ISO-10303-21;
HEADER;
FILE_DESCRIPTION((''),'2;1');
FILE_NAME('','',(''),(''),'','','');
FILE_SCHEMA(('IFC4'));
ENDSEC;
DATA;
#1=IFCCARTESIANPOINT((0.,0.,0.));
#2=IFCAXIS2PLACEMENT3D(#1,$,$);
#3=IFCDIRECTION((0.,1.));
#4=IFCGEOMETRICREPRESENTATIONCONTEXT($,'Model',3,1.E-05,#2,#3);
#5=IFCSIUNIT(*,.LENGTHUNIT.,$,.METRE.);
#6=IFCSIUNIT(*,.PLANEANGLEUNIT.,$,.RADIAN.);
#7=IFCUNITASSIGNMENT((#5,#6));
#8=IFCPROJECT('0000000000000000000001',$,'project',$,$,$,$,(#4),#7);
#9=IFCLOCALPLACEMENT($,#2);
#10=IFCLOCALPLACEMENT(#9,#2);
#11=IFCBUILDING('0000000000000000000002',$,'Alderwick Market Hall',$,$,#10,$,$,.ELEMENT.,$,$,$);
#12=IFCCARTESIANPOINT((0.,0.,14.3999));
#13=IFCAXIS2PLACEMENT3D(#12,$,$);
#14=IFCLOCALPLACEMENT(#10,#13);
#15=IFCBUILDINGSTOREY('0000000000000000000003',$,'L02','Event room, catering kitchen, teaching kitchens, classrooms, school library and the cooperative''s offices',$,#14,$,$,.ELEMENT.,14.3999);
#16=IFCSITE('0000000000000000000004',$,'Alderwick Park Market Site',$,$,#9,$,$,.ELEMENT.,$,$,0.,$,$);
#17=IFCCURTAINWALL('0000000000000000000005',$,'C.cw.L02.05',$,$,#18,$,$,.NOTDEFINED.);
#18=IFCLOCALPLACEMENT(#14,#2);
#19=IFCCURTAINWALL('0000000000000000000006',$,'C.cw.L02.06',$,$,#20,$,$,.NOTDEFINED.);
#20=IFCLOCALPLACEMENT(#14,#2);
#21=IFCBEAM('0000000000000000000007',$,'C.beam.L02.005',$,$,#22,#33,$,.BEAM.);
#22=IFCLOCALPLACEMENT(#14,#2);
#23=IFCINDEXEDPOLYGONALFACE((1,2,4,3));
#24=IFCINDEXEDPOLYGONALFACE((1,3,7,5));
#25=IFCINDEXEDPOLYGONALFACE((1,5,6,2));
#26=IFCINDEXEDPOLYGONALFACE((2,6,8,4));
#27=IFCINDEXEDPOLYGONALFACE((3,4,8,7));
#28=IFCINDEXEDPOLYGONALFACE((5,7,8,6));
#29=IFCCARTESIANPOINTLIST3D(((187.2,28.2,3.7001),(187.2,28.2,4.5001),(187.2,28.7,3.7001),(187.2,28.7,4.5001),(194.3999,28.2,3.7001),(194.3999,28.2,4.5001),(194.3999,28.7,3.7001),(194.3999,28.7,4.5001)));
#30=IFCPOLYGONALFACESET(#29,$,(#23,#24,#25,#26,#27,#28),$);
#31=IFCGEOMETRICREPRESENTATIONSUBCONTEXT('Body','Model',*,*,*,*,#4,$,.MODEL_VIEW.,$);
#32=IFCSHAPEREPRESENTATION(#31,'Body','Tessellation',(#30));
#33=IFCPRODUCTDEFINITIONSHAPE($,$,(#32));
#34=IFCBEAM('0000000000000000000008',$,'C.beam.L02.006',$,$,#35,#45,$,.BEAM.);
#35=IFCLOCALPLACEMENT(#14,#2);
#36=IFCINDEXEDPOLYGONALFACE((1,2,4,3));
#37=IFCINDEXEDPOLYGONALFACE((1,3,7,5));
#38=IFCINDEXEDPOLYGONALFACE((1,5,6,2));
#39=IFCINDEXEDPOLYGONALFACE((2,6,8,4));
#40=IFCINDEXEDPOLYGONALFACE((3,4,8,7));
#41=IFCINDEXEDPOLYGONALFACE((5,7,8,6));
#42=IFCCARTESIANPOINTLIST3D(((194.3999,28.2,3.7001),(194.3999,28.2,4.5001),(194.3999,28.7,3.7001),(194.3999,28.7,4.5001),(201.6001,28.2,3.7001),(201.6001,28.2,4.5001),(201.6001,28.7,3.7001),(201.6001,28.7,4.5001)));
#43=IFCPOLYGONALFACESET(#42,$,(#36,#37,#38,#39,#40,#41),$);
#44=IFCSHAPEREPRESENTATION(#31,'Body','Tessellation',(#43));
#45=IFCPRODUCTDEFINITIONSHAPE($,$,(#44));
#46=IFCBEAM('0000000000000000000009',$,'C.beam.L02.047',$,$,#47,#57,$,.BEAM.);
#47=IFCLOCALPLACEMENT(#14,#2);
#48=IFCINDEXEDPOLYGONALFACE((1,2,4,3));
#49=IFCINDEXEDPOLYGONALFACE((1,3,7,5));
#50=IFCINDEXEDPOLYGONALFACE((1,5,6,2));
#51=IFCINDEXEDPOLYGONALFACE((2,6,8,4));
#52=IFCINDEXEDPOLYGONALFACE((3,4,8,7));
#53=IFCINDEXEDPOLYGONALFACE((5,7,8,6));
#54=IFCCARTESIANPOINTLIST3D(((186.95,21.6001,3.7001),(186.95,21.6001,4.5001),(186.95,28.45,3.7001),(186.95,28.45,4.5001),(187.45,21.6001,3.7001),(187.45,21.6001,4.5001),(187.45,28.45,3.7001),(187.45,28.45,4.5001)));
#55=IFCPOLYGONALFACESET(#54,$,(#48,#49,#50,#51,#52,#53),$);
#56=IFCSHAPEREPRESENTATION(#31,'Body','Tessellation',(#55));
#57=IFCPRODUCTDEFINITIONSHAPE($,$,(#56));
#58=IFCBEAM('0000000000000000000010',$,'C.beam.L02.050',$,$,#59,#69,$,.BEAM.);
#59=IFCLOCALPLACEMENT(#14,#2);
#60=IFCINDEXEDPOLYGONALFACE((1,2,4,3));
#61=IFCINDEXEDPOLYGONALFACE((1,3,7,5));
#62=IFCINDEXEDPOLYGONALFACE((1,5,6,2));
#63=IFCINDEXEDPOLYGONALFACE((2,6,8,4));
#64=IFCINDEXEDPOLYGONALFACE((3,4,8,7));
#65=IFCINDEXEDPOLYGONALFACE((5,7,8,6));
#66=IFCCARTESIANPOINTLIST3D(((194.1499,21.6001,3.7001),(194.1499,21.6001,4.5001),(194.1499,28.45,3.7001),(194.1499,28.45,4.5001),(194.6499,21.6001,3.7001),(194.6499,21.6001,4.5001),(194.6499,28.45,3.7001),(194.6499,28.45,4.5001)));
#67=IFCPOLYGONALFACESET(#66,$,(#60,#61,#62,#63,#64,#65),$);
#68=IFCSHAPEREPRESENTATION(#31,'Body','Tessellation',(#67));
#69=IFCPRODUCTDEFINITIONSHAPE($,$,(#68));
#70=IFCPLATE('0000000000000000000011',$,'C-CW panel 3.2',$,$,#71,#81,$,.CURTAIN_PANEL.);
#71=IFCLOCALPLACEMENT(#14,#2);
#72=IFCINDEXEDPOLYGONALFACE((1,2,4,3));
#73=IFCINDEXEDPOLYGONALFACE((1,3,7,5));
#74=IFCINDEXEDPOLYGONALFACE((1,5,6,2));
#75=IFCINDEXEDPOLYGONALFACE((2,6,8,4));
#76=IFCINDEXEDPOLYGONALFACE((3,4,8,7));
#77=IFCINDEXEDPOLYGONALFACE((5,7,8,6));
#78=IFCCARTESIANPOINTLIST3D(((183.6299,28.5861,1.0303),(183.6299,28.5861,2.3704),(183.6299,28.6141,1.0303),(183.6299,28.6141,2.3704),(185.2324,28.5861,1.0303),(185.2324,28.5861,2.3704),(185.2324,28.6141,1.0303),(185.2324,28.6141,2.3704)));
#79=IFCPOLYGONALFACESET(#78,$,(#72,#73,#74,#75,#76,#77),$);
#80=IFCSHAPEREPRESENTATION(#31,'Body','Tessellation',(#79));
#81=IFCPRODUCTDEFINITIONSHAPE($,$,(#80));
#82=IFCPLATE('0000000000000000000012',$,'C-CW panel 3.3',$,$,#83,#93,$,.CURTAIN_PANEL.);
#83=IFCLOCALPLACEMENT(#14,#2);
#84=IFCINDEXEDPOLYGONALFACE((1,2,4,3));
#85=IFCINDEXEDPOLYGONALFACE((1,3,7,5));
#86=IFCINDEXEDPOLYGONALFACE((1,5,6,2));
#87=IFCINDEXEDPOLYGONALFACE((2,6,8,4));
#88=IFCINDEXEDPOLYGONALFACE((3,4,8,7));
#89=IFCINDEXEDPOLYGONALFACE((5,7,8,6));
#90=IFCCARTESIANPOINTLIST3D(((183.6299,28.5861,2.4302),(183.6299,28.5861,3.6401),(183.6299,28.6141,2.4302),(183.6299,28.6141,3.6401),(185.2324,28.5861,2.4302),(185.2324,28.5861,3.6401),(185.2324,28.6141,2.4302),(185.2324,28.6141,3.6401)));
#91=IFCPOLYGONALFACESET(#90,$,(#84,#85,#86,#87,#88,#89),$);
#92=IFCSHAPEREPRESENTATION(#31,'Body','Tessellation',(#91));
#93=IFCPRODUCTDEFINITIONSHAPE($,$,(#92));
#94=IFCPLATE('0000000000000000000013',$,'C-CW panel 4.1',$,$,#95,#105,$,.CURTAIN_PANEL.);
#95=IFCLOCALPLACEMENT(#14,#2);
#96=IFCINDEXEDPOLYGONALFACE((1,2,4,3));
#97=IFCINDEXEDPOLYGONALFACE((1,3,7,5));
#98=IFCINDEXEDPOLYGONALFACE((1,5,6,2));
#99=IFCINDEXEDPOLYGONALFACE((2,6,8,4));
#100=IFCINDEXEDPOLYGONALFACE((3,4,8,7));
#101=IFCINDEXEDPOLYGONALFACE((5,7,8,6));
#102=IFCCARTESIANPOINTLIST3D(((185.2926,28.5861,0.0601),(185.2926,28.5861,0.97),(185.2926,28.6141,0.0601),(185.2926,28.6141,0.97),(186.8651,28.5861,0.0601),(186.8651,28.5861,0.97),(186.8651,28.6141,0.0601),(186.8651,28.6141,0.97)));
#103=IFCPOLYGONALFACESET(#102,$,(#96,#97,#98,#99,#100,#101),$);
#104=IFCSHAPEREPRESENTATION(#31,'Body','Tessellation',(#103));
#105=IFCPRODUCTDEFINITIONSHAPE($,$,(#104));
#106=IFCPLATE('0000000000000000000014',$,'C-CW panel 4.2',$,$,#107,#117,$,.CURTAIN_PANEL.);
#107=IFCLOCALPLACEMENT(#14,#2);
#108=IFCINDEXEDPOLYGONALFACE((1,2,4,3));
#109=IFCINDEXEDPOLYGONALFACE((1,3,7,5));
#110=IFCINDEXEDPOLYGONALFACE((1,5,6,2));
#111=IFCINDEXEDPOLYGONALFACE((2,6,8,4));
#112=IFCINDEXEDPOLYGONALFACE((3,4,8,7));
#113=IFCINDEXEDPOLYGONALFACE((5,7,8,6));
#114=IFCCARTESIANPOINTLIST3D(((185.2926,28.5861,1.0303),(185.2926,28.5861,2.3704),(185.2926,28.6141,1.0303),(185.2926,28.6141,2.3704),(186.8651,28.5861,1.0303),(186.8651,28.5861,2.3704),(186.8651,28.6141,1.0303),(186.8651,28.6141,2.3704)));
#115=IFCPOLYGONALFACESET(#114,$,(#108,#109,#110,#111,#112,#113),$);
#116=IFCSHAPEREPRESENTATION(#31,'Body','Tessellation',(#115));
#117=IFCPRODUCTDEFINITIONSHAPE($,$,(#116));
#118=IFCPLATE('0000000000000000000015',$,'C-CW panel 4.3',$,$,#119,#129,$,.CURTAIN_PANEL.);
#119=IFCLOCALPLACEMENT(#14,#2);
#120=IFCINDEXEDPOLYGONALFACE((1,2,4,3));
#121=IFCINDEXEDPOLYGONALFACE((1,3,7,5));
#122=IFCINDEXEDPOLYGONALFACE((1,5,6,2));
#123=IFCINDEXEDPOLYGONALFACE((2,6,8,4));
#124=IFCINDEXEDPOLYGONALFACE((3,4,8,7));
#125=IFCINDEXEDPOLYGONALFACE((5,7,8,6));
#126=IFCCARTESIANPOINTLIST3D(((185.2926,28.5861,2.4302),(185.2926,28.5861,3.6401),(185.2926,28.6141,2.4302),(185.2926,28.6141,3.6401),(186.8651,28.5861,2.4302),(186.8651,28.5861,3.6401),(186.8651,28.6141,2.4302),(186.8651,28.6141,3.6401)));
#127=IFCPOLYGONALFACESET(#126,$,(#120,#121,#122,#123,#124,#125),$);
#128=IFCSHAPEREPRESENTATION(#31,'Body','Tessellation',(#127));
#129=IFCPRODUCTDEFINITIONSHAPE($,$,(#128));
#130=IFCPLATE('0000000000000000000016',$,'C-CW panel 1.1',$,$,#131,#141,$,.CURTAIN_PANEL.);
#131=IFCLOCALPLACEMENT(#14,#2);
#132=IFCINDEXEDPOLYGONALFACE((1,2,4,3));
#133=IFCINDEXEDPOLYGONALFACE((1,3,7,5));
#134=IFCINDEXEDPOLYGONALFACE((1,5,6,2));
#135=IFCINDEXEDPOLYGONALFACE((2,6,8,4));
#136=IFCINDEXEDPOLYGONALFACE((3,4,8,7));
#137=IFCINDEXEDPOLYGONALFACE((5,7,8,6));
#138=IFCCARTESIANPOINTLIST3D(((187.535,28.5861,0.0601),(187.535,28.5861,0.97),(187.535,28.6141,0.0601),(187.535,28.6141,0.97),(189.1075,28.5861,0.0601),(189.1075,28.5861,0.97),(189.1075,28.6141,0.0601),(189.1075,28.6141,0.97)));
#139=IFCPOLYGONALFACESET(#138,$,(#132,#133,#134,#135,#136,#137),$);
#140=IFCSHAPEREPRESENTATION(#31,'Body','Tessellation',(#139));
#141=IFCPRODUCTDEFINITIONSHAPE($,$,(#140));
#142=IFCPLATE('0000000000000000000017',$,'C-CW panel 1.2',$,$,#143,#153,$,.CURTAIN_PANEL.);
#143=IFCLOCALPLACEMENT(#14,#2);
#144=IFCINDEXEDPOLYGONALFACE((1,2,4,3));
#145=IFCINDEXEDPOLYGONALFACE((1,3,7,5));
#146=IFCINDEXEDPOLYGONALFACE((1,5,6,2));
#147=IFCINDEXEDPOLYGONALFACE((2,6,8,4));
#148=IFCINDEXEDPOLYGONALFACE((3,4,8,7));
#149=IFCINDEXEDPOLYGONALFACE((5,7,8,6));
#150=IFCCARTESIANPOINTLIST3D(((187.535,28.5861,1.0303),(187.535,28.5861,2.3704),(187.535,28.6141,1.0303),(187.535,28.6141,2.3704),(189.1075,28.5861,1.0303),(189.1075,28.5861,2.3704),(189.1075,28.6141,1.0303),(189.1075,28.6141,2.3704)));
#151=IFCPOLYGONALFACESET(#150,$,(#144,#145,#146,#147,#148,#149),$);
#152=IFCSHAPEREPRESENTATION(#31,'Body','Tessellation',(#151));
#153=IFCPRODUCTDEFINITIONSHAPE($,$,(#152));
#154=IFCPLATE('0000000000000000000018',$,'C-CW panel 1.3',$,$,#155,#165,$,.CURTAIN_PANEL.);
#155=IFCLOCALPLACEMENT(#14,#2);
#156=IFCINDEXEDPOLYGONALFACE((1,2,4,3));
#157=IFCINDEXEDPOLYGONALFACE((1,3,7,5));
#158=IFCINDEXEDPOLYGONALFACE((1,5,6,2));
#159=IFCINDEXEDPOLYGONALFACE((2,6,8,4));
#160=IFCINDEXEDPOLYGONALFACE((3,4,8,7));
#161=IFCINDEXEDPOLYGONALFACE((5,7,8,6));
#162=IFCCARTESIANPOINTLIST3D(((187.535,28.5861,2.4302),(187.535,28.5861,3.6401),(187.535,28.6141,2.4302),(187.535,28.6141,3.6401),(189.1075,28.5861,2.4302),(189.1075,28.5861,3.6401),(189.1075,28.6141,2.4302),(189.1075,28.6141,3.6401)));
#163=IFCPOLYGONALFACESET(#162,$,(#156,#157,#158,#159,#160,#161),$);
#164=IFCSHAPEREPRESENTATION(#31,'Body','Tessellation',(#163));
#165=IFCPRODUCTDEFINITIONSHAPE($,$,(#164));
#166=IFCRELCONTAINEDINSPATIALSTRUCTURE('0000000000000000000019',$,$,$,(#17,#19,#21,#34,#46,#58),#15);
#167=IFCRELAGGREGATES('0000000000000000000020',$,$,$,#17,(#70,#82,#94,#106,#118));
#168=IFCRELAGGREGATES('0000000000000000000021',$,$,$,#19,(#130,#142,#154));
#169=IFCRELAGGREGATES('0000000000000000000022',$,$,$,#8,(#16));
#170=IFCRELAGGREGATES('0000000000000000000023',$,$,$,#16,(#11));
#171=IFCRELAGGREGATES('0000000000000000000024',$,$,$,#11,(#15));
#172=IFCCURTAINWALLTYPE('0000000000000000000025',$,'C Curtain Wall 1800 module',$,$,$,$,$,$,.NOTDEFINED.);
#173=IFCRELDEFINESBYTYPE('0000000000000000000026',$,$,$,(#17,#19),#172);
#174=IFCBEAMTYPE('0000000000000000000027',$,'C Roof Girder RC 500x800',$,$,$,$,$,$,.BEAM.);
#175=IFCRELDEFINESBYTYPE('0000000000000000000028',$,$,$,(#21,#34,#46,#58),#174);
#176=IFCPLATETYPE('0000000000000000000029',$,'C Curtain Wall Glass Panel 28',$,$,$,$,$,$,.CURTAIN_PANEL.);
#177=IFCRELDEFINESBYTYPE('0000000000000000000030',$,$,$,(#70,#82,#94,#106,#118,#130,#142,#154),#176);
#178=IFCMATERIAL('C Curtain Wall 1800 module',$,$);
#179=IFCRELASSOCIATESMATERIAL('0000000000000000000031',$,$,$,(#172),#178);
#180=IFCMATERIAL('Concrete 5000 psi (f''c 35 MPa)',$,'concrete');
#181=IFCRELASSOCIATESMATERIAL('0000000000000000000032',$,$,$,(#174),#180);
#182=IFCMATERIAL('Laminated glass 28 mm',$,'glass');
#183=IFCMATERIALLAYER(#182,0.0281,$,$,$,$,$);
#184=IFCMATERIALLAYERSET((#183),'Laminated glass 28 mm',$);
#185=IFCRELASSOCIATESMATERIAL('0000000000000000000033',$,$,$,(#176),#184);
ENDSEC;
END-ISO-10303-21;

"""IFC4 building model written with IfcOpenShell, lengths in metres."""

from ifc_helpers import new_model, si_unit, direction, frame, origin, origin_2d, place, context, subcontext, project, spatial, rectangle, extrude, material, layer, layer_set, material_profile, profile_set, type_object, element, aggregate, save


model = new_model("IFC4")

# Units and contexts
model_context = context("Model", 3, precision=1e-05, world=origin(), true_north=direction((0.0, 1.0)))
body_context = subcontext(model_context, "Body", "Model", "MODEL_VIEW")
ifc_project = project(units=[si_unit("LENGTHUNIT", "METRE"), si_unit("PLANEANGLEUNIT", "RADIAN")], contexts=[model_context])

# Site, building, storey
site_placement = place(None, origin())
site = spatial("IfcSite", under=ifc_project, at=site_placement, Name="Alderwick Park Market Site", CompositionType="ELEMENT", RefElevation=0.0)
building_placement = place(site_placement, origin())
building = spatial("IfcBuilding", under=site, at=building_placement, Name="Alderwick Market Hall", CompositionType="ELEMENT")
storey_placement = place(building_placement, frame((0.0, 0.0, 14.3999)))
storey = spatial("IfcBuildingStorey", under=building, at=storey_placement, Name="L02", Description="Event room, catering kitchen, teaching kitchens, classrooms, school library and the cooperative's offices", CompositionType="ELEMENT", Elevation=14.3999)

# Shared definitions
ifc_material_1 = material(Name="Concrete 5000 psi (f'c 35 MPa)", Category="concrete")

# Curtain walls
ifc_material_2 = material(Name="C Curtain Wall 1800 module")
curtain_wall_type = type_object("IfcCurtainWallType", Name="C Curtain Wall 1800 module", PredefinedType="NOTDEFINED", material=ifc_material_2)
curtain_wall_1_placement = place(storey_placement, origin())
curtain_wall_1 = element("IfcCurtainWall", 1, at=curtain_wall_1_placement, inside=storey, type_object=curtain_wall_type, Name="C.cw.L02.05", PredefinedType="NOTDEFINED")
curtain_wall_2_placement = place(storey_placement, origin())
curtain_wall_2 = element("IfcCurtainWall", 2, at=curtain_wall_2_placement, inside=storey, type_object=curtain_wall_type, Name="C.cw.L02.06", PredefinedType="NOTDEFINED")

# Beams
ifc_material_profile_1 = material_profile(ifc_material_1, rectangle(XDim=0.5, YDim=0.8, at=origin_2d()), Name="RC 500x800")
ifc_profile_set_1 = profile_set([ifc_material_profile_1], Name="Concrete 5000 psi (f'c 35 MPa)")
beam_type = type_object("IfcBeamType", Name="C Roof Girder RC 500x800", PredefinedType="BEAM", material=ifc_profile_set_1)
beam_1_placement = place(storey_placement, frame((187.2, 28.45, 4.1001), z_axis=(1.0, 0.0, 0.0), x_axis=(0.0, 1.0, 0.0)))
element("IfcBeam", 3, at=beam_1_placement, inside=storey, type_object=beam_type, Name="C.beam.L02.005", PredefinedType="BEAM", context=body_context, shape_type="SweptSolid", body=[
    extrude(rectangle(XDim=0.5, YDim=0.8, at=origin_2d()), origin(), (0.0, 0.0, 1.0), 7.2),
])
beam_2_placement = place(storey_placement, frame((194.3999, 28.45, 4.1001), z_axis=(1.0, 0.0, 0.0), x_axis=(0.0, 1.0, 0.0)))
element("IfcBeam", 4, at=beam_2_placement, inside=storey, type_object=beam_type, Name="C.beam.L02.006", PredefinedType="BEAM", context=body_context, shape_type="SweptSolid", body=[
    extrude(rectangle(XDim=0.5, YDim=0.8, at=origin_2d()), origin(), (0.0, 0.0, 1.0), 7.2002),
])
for number, where, z_axis, x_axis, name in (
    (5, (187.2, 28.45, 4.1001), (0.0, -1.0, 0.0), (1.0, 0.0, 0.0), "C.beam.L02.047"),
    (6, (194.3999, 28.45, 4.1001), (0.0, -1.0, 0.0), (1.0, 0.0, 0.0), "C.beam.L02.050"),
):
    element("IfcBeam", number, at=place(storey_placement, frame(where, z_axis=z_axis, x_axis=x_axis)), inside=storey, type_object=beam_type, Name=name, PredefinedType="BEAM", context=body_context, shape_type="SweptSolid", body=[
        extrude(rectangle(XDim=0.5, YDim=0.8, at=origin_2d()), origin(), (0.0, 0.0, 1.0), 6.8499),
    ])

# Plates
ifc_material_3 = material(Name="Laminated glass 28 mm", Category="glass")
ifc_layer = layer(ifc_material_3, 0.0281)
ifc_layer_set = layer_set([ifc_layer], Name="Laminated glass 28 mm")
plate_type = type_object("IfcPlateType", Name="C Curtain Wall Glass Panel 28", PredefinedType="CURTAIN_PANEL", material=ifc_layer_set)
plate_1_placement = place(storey_placement, frame((184.4312, 28.6001, 1.0303), z_axis=(0.0, 0.0, 1.0), x_axis=(1.0, 0.0, 0.0)))
plate_1 = element("IfcPlate", 7, at=plate_1_placement, type_object=plate_type, Name="C-CW panel 3.2", PredefinedType="CURTAIN_PANEL", context=body_context, shape_type="SweptSolid", body=[
    extrude(rectangle(XDim=1.6025, YDim=0.0281, at=origin_2d()), origin(), (0.0, 0.0, 1.0), 1.3401),
])
plate_2_placement = place(storey_placement, frame((184.4312, 28.6001, 2.4302), z_axis=(0.0, 0.0, 1.0), x_axis=(1.0, 0.0, 0.0)))
plate_2 = element("IfcPlate", 8, at=plate_2_placement, type_object=plate_type, Name="C-CW panel 3.3", PredefinedType="CURTAIN_PANEL", context=body_context, shape_type="SweptSolid", body=[
    extrude(rectangle(XDim=1.6025, YDim=0.0281, at=origin_2d()), origin(), (0.0, 0.0, 1.0), 1.21),
])
plate_3_placement = place(storey_placement, frame((186.0789, 28.6001, 0.0601), z_axis=(0.0, 0.0, 1.0), x_axis=(1.0, 0.0, 0.0)))
plate_3 = element("IfcPlate", 9, at=plate_3_placement, type_object=plate_type, Name="C-CW panel 4.1", PredefinedType="CURTAIN_PANEL", context=body_context, shape_type="SweptSolid", body=[
    extrude(rectangle(XDim=1.5725, YDim=0.0281, at=origin_2d()), origin(), (0.0, 0.0, 1.0), 0.9099),
])
plate_4_placement = place(storey_placement, frame((186.0789, 28.6001, 1.0303), z_axis=(0.0, 0.0, 1.0), x_axis=(1.0, 0.0, 0.0)))
plate_4 = element("IfcPlate", 10, at=plate_4_placement, type_object=plate_type, Name="C-CW panel 4.2", PredefinedType="CURTAIN_PANEL", context=body_context, shape_type="SweptSolid", body=[
    extrude(rectangle(XDim=1.5725, YDim=0.0281, at=origin_2d()), origin(), (0.0, 0.0, 1.0), 1.3401),
])
plate_5_placement = place(storey_placement, frame((186.0789, 28.6001, 2.4302), z_axis=(0.0, 0.0, 1.0), x_axis=(1.0, 0.0, 0.0)))
plate_5 = element("IfcPlate", 11, at=plate_5_placement, type_object=plate_type, Name="C-CW panel 4.3", PredefinedType="CURTAIN_PANEL", context=body_context, shape_type="SweptSolid", body=[
    extrude(rectangle(XDim=1.5725, YDim=0.0281, at=origin_2d()), origin(), (0.0, 0.0, 1.0), 1.21),
])
aggregate(curtain_wall_1, [plate_1, plate_2, plate_3, plate_4, plate_5])
plate_6_placement = place(storey_placement, frame((188.3213, 28.6001, 0.0601), z_axis=(0.0, 0.0, 1.0), x_axis=(1.0, 0.0, 0.0)))
plate_6 = element("IfcPlate", 12, at=plate_6_placement, type_object=plate_type, Name="C-CW panel 1.1", PredefinedType="CURTAIN_PANEL", context=body_context, shape_type="SweptSolid", body=[
    extrude(rectangle(XDim=1.5725, YDim=0.0281, at=origin_2d()), origin(), (0.0, 0.0, 1.0), 0.9099),
])
plate_7_placement = place(storey_placement, frame((188.3213, 28.6001, 1.0303), z_axis=(0.0, 0.0, 1.0), x_axis=(1.0, 0.0, 0.0)))
plate_7 = element("IfcPlate", 13, at=plate_7_placement, type_object=plate_type, Name="C-CW panel 1.2", PredefinedType="CURTAIN_PANEL", context=body_context, shape_type="SweptSolid", body=[
    extrude(rectangle(XDim=1.5725, YDim=0.0281, at=origin_2d()), origin(), (0.0, 0.0, 1.0), 1.3401),
])
plate_8_placement = place(storey_placement, frame((188.3213, 28.6001, 2.4302), z_axis=(0.0, 0.0, 1.0), x_axis=(1.0, 0.0, 0.0)))
plate_8 = element("IfcPlate", 14, at=plate_8_placement, type_object=plate_type, Name="C-CW panel 1.3", PredefinedType="CURTAIN_PANEL", context=body_context, shape_type="SweptSolid", body=[
    extrude(rectangle(XDim=1.5725, YDim=0.0281, at=origin_2d()), origin(), (0.0, 0.0, 1.0), 1.21),
])
aggregate(curtain_wall_2, [plate_6, plate_7, plate_8])

save(model, "model.ifc")
